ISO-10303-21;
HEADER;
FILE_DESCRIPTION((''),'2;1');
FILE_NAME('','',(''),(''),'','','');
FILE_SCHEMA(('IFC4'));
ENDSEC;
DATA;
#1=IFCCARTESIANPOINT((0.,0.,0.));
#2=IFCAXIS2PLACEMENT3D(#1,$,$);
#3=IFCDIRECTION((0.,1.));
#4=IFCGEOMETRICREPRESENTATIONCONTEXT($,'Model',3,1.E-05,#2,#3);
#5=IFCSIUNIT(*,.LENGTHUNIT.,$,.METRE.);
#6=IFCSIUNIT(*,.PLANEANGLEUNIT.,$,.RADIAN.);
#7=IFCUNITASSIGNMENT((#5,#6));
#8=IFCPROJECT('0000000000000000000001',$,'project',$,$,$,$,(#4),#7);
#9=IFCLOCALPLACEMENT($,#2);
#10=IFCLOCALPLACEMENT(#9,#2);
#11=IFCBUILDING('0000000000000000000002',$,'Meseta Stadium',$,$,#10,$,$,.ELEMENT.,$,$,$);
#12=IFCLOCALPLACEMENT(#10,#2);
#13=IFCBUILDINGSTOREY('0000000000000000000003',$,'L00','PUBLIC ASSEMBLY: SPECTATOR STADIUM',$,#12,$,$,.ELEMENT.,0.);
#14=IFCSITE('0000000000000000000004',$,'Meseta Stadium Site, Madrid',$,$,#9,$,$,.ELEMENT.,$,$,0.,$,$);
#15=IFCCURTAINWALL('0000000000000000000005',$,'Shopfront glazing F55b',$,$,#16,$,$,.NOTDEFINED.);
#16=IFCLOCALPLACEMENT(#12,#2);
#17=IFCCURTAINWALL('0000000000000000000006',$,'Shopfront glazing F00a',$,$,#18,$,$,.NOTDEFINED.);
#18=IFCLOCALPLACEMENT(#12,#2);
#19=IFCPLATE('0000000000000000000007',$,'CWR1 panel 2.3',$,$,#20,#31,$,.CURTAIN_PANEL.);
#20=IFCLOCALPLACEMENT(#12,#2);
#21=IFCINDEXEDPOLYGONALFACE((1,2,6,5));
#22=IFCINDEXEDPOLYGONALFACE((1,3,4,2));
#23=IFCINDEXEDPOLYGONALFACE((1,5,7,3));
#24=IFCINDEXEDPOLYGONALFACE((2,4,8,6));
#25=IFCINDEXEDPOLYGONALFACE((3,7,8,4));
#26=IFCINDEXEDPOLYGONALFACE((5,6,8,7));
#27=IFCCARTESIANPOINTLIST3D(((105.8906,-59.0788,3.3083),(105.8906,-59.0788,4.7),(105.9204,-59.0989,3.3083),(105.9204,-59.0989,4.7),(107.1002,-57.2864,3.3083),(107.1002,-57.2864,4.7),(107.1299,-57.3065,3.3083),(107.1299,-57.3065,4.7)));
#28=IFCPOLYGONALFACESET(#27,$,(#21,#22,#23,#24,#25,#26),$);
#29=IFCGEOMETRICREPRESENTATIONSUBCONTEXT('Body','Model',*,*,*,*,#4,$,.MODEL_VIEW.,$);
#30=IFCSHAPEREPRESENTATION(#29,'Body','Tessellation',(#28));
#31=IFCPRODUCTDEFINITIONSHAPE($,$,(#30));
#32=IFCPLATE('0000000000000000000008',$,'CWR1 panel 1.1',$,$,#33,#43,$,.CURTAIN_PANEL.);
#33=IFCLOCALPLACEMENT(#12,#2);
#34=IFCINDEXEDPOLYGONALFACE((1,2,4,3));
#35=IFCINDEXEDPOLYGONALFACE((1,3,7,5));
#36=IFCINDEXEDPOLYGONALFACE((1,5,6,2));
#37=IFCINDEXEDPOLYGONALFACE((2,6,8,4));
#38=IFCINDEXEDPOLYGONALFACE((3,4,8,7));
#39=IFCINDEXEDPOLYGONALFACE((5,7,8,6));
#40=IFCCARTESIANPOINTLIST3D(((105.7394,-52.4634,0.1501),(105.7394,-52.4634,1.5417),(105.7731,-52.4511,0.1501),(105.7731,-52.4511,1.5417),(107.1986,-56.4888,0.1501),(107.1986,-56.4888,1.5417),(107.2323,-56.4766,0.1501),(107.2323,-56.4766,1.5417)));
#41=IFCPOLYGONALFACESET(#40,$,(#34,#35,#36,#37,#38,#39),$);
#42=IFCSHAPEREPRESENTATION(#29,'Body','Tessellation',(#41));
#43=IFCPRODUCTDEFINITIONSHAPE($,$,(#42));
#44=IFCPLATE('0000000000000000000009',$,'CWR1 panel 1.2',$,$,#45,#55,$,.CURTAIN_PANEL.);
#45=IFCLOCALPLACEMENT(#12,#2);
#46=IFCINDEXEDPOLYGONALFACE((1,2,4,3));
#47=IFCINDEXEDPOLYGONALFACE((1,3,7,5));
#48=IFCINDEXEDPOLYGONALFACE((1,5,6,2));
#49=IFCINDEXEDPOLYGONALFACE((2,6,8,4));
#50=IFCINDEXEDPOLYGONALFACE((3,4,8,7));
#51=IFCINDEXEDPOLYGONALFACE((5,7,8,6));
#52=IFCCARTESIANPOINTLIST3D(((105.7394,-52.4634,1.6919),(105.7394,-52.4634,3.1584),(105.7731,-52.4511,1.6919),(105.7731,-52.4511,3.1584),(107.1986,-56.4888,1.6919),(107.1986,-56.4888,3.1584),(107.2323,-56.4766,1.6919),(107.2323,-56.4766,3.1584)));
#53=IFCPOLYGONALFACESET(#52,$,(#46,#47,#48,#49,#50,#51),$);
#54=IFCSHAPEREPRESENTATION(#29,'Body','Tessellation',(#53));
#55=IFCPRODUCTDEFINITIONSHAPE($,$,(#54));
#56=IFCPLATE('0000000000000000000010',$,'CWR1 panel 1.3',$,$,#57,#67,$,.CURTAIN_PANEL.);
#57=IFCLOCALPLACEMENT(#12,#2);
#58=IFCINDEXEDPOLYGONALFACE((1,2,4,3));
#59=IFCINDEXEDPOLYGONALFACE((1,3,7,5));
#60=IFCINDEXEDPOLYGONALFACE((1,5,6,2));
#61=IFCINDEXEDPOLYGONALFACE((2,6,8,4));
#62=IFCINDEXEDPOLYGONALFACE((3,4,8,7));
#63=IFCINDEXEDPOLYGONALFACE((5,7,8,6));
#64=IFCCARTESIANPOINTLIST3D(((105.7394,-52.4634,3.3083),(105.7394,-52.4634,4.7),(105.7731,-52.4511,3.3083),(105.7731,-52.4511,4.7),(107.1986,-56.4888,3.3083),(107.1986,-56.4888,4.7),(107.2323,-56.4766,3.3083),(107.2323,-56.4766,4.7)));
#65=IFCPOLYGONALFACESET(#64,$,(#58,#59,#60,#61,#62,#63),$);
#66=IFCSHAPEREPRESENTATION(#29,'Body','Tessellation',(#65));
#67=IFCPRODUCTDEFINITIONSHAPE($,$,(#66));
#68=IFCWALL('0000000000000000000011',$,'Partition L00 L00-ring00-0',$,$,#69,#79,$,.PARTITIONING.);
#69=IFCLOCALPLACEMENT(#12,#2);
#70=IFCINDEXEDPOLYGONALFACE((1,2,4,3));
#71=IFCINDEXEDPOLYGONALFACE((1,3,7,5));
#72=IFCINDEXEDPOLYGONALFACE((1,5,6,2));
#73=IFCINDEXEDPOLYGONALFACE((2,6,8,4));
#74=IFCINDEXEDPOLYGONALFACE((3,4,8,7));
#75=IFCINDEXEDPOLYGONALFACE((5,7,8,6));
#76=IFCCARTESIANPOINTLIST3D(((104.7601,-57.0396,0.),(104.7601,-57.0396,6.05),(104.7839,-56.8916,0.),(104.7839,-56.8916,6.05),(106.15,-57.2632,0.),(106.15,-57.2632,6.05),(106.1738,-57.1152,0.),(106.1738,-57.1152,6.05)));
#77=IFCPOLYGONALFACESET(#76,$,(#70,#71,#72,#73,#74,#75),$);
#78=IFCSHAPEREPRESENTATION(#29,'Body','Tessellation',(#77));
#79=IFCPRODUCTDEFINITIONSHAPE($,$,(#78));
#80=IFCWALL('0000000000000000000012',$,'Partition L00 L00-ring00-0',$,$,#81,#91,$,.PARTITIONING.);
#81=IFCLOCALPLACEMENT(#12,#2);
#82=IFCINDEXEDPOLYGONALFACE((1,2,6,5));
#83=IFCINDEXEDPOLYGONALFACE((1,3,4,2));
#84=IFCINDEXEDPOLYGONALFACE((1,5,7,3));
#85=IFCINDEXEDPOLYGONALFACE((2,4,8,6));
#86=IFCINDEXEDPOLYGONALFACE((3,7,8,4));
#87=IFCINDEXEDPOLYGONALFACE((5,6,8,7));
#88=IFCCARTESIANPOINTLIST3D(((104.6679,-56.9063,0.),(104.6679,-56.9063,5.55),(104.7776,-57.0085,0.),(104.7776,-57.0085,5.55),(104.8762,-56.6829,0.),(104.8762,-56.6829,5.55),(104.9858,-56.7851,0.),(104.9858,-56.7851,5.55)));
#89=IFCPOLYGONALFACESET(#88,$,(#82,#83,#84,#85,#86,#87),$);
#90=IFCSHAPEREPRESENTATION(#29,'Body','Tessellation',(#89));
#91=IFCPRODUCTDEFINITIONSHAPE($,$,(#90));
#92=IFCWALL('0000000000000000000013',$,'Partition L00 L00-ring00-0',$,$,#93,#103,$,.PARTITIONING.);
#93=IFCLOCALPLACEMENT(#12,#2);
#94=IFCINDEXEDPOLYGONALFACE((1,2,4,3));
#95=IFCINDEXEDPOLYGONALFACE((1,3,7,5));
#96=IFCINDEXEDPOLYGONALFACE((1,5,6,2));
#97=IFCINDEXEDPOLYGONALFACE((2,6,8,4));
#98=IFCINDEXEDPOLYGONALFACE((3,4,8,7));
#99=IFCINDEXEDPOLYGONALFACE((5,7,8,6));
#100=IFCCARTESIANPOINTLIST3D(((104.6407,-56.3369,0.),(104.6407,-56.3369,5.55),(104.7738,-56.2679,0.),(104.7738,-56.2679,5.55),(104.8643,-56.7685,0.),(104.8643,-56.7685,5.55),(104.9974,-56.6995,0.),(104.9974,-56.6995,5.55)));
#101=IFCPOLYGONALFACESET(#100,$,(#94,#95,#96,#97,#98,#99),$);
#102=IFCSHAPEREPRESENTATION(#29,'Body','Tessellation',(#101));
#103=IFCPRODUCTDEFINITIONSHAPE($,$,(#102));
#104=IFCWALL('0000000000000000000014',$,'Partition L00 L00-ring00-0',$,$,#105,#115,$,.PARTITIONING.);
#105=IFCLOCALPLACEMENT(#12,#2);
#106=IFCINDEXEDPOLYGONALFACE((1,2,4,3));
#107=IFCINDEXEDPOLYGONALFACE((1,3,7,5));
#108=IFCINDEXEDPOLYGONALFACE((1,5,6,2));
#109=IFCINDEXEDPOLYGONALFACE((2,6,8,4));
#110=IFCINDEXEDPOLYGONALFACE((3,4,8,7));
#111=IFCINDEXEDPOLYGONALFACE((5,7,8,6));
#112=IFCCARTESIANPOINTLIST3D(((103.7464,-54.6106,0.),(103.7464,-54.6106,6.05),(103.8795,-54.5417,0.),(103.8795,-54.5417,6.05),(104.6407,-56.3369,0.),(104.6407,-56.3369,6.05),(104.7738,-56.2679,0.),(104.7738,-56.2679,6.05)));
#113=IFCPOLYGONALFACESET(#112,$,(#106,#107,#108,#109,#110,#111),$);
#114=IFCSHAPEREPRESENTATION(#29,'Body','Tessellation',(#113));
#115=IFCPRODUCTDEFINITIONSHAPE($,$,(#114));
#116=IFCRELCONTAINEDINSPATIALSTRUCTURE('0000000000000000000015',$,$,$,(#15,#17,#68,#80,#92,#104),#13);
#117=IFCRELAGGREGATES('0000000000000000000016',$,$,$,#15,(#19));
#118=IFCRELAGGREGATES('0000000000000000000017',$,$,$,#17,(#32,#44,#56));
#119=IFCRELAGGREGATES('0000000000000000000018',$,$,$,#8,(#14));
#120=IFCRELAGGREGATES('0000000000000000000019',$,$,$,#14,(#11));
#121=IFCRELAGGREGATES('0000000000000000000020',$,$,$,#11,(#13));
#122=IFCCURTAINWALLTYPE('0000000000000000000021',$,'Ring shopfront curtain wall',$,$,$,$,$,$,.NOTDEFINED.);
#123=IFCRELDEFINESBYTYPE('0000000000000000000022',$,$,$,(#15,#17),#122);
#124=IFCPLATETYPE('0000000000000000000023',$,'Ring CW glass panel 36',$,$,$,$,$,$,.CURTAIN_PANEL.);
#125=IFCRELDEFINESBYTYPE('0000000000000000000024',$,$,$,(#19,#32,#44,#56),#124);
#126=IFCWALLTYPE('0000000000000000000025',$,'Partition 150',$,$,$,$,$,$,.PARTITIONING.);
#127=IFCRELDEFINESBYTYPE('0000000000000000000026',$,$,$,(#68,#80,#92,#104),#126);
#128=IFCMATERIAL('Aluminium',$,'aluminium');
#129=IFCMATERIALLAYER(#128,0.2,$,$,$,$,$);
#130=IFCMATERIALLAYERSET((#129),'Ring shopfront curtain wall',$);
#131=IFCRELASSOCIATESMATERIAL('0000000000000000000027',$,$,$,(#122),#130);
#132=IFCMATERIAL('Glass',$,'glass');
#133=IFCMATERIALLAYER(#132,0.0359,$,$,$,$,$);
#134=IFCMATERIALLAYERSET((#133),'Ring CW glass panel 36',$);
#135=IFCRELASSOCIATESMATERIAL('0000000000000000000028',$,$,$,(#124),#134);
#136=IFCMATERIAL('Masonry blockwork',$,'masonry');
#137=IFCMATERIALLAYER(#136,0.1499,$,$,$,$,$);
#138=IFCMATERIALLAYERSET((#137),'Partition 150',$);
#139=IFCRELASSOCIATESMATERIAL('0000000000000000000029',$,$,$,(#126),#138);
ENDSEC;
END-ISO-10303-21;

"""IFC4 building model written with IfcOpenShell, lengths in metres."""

from ifc_helpers import new_model, si_unit, direction, frame, frame_2d, origin, origin_2d, place, context, subcontext, project, spatial, rectangle, extrude, material, layer, layer_set, type_object, element, aggregate, save


model = new_model("IFC4")

# Units and contexts
model_context = context("Model", 3, precision=1e-05, world=origin(), true_north=direction((0.0, 1.0)))
body_context = subcontext(model_context, "Body", "Model", "MODEL_VIEW")
ifc_project = project(units=[si_unit("LENGTHUNIT", "METRE"), si_unit("PLANEANGLEUNIT", "RADIAN")], contexts=[model_context])

# Site, building, storey
site_placement = place(None, origin())
site = spatial("IfcSite", under=ifc_project, at=site_placement, Name="Meseta Stadium Site, Madrid", CompositionType="ELEMENT", RefElevation=0.0)
building_placement = place(site_placement, origin())
building = spatial("IfcBuilding", under=site, at=building_placement, Name="Meseta Stadium", CompositionType="ELEMENT")
storey_placement = place(building_placement, origin())
storey = spatial("IfcBuildingStorey", under=building, at=storey_placement, Name="L00", Description="PUBLIC ASSEMBLY: SPECTATOR STADIUM", CompositionType="ELEMENT", Elevation=0.0)

# Curtain walls
ifc_material_1 = material(Name="Aluminium", Category="aluminium")
ifc_layer_1 = layer(ifc_material_1, 0.2)
ifc_layer_set_1 = layer_set([ifc_layer_1], Name="Ring shopfront curtain wall")
curtain_wall_type = type_object("IfcCurtainWallType", Name="Ring shopfront curtain wall", PredefinedType="NOTDEFINED", material=ifc_layer_set_1)
curtain_wall_1_placement = place(storey_placement, origin())
curtain_wall_1 = element("IfcCurtainWall", 1, at=curtain_wall_1_placement, inside=storey, type_object=curtain_wall_type, Name="Shopfront glazing F55b", PredefinedType="NOTDEFINED")
curtain_wall_2_placement = place(storey_placement, origin())
curtain_wall_2 = element("IfcCurtainWall", 2, at=curtain_wall_2_placement, inside=storey, type_object=curtain_wall_type, Name="Shopfront glazing F00a", PredefinedType="NOTDEFINED")

# Plates
ifc_material_2 = material(Name="Glass", Category="glass")
ifc_layer_2 = layer(ifc_material_2, 0.0359)
ifc_layer_set_2 = layer_set([ifc_layer_2], Name="Ring CW glass panel 36")
plate_type = type_object("IfcPlateType", Name="Ring CW glass panel 36", PredefinedType="CURTAIN_PANEL", material=ifc_layer_set_2)
plate_1_placement = place(storey_placement, frame((106.5103, -58.1926, 3.3083), z_axis=(0.0, 0.0, 1.0), x_axis=(0.559368, 0.828919, 0.0)))
plate_1 = element("IfcPlate", 3, at=plate_1_placement, type_object=plate_type, Name="CWR1 panel 2.3", PredefinedType="CURTAIN_PANEL", context=body_context, shape_type="SweptSolid", body=[
    extrude(rectangle(XDim=2.1624, YDim=0.0359, at=origin_2d()), origin(), (0.0, 0.0, 1.0), 1.3916),
])
aggregate(curtain_wall_1, [plate_1])
plate_2_placement = place(storey_placement, frame((106.4858, -54.47, 0.1501), z_axis=(0.0, 0.0, 1.0), x_axis=(-0.3408, 0.940136, 0.0)))
plate_2 = element("IfcPlate", 4, at=plate_2_placement, type_object=plate_type, Name="CWR1 panel 1.1", PredefinedType="CURTAIN_PANEL", context=body_context, shape_type="SweptSolid", body=[
    extrude(rectangle(XDim=4.2817, YDim=0.0359, at=origin_2d()), origin(), (0.0, 0.0, 1.0), 1.3916),
])
plate_3_placement = place(storey_placement, frame((106.4858, -54.47, 1.6919), z_axis=(0.0, 0.0, 1.0), x_axis=(-0.3408, 0.940136, 0.0)))
plate_3 = element("IfcPlate", 5, at=plate_3_placement, type_object=plate_type, Name="CWR1 panel 1.2", PredefinedType="CURTAIN_PANEL", context=body_context, shape_type="SweptSolid", body=[
    extrude(rectangle(XDim=4.2817, YDim=0.0359, at=origin_2d()), origin(), (0.0, 0.0, 1.0), 1.4666),
])
plate_4_placement = place(storey_placement, frame((106.4858, -54.47, 3.3083), z_axis=(0.0, 0.0, 1.0), x_axis=(-0.3408, 0.940136, 0.0)))
plate_4 = element("IfcPlate", 6, at=plate_4_placement, type_object=plate_type, Name="CWR1 panel 1.3", PredefinedType="CURTAIN_PANEL", context=body_context, shape_type="SweptSolid", body=[
    extrude(rectangle(XDim=4.2817, YDim=0.0359, at=origin_2d()), origin(), (0.0, 0.0, 1.0), 1.3916),
])
aggregate(curtain_wall_2, [plate_2, plate_3, plate_4])

# Walls
ifc_material_3 = material(Name="Masonry blockwork", Category="masonry")
ifc_layer_3 = layer(ifc_material_3, 0.1499)
ifc_layer_set_3 = layer_set([ifc_layer_3], Name="Partition 150")
wall_type = type_object("IfcWallType", Name="Partition 150", PredefinedType="PARTITIONING", material=ifc_layer_set_3)
wall_1_placement = place(storey_placement, frame((106.1619, -57.1892, 0.0), z_axis=(0.0, 0.0, 1.0), x_axis=(-0.987302, 0.158856, 0.0)))
element("IfcWall", 7, at=wall_1_placement, inside=storey, type_object=wall_type, Name="Partition L00 L00-ring00-0", PredefinedType="PARTITIONING", context=body_context, shape_type="SweptSolid", body=[
    extrude(rectangle(XDim=1.4077, YDim=0.1499, at=frame_2d((0.7039, 0.0))), origin(), (0.0, 0.0, 1.0), 6.05),
])
wall_2_placement = place(storey_placement, frame((104.7227, -56.9575, 0.0), z_axis=(0.0, 0.0, 1.0), x_axis=(0.681891, 0.731454, 0.0)))
element("IfcWall", 8, at=wall_2_placement, inside=storey, type_object=wall_type, Name="Partition L00 L00-ring00-0", PredefinedType="PARTITIONING", context=body_context, shape_type="SweptSolid", body=[
    extrude(rectangle(XDim=0.3054, YDim=0.1499, at=frame_2d((0.1528, 0.0))), origin(), (0.0, 0.0, 1.0), 5.55),
])
wall_3_placement = place(storey_placement, frame((104.9309, -56.7341, 0.0), z_axis=(0.0, 0.0, 1.0), x_axis=(-0.460024, 0.887907, 0.0)))
element("IfcWall", 9, at=wall_3_placement, inside=storey, type_object=wall_type, Name="Partition L00 L00-ring00-0", PredefinedType="PARTITIONING", context=body_context, shape_type="SweptSolid", body=[
    extrude(rectangle(XDim=0.4861, YDim=0.1499, at=frame_2d((0.2432, 0.0))), origin(), (0.0, 0.0, 1.0), 5.55),
])
wall_4_placement = place(storey_placement, frame((104.7073, -56.3025, 0.0), z_axis=(0.0, 0.0, 1.0), x_axis=(-0.459976, 0.887931, 0.0)))
element("IfcWall", 10, at=wall_4_placement, inside=storey, type_object=wall_type, Name="Partition L00 L00-ring00-0", PredefinedType="PARTITIONING", context=body_context, shape_type="SweptSolid", body=[
    extrude(rectangle(XDim=1.9441, YDim=0.1499, at=frame_2d((0.9722, 0.0))), origin(), (0.0, 0.0, 1.0), 6.05),
])

save(model, "model.ifc")
